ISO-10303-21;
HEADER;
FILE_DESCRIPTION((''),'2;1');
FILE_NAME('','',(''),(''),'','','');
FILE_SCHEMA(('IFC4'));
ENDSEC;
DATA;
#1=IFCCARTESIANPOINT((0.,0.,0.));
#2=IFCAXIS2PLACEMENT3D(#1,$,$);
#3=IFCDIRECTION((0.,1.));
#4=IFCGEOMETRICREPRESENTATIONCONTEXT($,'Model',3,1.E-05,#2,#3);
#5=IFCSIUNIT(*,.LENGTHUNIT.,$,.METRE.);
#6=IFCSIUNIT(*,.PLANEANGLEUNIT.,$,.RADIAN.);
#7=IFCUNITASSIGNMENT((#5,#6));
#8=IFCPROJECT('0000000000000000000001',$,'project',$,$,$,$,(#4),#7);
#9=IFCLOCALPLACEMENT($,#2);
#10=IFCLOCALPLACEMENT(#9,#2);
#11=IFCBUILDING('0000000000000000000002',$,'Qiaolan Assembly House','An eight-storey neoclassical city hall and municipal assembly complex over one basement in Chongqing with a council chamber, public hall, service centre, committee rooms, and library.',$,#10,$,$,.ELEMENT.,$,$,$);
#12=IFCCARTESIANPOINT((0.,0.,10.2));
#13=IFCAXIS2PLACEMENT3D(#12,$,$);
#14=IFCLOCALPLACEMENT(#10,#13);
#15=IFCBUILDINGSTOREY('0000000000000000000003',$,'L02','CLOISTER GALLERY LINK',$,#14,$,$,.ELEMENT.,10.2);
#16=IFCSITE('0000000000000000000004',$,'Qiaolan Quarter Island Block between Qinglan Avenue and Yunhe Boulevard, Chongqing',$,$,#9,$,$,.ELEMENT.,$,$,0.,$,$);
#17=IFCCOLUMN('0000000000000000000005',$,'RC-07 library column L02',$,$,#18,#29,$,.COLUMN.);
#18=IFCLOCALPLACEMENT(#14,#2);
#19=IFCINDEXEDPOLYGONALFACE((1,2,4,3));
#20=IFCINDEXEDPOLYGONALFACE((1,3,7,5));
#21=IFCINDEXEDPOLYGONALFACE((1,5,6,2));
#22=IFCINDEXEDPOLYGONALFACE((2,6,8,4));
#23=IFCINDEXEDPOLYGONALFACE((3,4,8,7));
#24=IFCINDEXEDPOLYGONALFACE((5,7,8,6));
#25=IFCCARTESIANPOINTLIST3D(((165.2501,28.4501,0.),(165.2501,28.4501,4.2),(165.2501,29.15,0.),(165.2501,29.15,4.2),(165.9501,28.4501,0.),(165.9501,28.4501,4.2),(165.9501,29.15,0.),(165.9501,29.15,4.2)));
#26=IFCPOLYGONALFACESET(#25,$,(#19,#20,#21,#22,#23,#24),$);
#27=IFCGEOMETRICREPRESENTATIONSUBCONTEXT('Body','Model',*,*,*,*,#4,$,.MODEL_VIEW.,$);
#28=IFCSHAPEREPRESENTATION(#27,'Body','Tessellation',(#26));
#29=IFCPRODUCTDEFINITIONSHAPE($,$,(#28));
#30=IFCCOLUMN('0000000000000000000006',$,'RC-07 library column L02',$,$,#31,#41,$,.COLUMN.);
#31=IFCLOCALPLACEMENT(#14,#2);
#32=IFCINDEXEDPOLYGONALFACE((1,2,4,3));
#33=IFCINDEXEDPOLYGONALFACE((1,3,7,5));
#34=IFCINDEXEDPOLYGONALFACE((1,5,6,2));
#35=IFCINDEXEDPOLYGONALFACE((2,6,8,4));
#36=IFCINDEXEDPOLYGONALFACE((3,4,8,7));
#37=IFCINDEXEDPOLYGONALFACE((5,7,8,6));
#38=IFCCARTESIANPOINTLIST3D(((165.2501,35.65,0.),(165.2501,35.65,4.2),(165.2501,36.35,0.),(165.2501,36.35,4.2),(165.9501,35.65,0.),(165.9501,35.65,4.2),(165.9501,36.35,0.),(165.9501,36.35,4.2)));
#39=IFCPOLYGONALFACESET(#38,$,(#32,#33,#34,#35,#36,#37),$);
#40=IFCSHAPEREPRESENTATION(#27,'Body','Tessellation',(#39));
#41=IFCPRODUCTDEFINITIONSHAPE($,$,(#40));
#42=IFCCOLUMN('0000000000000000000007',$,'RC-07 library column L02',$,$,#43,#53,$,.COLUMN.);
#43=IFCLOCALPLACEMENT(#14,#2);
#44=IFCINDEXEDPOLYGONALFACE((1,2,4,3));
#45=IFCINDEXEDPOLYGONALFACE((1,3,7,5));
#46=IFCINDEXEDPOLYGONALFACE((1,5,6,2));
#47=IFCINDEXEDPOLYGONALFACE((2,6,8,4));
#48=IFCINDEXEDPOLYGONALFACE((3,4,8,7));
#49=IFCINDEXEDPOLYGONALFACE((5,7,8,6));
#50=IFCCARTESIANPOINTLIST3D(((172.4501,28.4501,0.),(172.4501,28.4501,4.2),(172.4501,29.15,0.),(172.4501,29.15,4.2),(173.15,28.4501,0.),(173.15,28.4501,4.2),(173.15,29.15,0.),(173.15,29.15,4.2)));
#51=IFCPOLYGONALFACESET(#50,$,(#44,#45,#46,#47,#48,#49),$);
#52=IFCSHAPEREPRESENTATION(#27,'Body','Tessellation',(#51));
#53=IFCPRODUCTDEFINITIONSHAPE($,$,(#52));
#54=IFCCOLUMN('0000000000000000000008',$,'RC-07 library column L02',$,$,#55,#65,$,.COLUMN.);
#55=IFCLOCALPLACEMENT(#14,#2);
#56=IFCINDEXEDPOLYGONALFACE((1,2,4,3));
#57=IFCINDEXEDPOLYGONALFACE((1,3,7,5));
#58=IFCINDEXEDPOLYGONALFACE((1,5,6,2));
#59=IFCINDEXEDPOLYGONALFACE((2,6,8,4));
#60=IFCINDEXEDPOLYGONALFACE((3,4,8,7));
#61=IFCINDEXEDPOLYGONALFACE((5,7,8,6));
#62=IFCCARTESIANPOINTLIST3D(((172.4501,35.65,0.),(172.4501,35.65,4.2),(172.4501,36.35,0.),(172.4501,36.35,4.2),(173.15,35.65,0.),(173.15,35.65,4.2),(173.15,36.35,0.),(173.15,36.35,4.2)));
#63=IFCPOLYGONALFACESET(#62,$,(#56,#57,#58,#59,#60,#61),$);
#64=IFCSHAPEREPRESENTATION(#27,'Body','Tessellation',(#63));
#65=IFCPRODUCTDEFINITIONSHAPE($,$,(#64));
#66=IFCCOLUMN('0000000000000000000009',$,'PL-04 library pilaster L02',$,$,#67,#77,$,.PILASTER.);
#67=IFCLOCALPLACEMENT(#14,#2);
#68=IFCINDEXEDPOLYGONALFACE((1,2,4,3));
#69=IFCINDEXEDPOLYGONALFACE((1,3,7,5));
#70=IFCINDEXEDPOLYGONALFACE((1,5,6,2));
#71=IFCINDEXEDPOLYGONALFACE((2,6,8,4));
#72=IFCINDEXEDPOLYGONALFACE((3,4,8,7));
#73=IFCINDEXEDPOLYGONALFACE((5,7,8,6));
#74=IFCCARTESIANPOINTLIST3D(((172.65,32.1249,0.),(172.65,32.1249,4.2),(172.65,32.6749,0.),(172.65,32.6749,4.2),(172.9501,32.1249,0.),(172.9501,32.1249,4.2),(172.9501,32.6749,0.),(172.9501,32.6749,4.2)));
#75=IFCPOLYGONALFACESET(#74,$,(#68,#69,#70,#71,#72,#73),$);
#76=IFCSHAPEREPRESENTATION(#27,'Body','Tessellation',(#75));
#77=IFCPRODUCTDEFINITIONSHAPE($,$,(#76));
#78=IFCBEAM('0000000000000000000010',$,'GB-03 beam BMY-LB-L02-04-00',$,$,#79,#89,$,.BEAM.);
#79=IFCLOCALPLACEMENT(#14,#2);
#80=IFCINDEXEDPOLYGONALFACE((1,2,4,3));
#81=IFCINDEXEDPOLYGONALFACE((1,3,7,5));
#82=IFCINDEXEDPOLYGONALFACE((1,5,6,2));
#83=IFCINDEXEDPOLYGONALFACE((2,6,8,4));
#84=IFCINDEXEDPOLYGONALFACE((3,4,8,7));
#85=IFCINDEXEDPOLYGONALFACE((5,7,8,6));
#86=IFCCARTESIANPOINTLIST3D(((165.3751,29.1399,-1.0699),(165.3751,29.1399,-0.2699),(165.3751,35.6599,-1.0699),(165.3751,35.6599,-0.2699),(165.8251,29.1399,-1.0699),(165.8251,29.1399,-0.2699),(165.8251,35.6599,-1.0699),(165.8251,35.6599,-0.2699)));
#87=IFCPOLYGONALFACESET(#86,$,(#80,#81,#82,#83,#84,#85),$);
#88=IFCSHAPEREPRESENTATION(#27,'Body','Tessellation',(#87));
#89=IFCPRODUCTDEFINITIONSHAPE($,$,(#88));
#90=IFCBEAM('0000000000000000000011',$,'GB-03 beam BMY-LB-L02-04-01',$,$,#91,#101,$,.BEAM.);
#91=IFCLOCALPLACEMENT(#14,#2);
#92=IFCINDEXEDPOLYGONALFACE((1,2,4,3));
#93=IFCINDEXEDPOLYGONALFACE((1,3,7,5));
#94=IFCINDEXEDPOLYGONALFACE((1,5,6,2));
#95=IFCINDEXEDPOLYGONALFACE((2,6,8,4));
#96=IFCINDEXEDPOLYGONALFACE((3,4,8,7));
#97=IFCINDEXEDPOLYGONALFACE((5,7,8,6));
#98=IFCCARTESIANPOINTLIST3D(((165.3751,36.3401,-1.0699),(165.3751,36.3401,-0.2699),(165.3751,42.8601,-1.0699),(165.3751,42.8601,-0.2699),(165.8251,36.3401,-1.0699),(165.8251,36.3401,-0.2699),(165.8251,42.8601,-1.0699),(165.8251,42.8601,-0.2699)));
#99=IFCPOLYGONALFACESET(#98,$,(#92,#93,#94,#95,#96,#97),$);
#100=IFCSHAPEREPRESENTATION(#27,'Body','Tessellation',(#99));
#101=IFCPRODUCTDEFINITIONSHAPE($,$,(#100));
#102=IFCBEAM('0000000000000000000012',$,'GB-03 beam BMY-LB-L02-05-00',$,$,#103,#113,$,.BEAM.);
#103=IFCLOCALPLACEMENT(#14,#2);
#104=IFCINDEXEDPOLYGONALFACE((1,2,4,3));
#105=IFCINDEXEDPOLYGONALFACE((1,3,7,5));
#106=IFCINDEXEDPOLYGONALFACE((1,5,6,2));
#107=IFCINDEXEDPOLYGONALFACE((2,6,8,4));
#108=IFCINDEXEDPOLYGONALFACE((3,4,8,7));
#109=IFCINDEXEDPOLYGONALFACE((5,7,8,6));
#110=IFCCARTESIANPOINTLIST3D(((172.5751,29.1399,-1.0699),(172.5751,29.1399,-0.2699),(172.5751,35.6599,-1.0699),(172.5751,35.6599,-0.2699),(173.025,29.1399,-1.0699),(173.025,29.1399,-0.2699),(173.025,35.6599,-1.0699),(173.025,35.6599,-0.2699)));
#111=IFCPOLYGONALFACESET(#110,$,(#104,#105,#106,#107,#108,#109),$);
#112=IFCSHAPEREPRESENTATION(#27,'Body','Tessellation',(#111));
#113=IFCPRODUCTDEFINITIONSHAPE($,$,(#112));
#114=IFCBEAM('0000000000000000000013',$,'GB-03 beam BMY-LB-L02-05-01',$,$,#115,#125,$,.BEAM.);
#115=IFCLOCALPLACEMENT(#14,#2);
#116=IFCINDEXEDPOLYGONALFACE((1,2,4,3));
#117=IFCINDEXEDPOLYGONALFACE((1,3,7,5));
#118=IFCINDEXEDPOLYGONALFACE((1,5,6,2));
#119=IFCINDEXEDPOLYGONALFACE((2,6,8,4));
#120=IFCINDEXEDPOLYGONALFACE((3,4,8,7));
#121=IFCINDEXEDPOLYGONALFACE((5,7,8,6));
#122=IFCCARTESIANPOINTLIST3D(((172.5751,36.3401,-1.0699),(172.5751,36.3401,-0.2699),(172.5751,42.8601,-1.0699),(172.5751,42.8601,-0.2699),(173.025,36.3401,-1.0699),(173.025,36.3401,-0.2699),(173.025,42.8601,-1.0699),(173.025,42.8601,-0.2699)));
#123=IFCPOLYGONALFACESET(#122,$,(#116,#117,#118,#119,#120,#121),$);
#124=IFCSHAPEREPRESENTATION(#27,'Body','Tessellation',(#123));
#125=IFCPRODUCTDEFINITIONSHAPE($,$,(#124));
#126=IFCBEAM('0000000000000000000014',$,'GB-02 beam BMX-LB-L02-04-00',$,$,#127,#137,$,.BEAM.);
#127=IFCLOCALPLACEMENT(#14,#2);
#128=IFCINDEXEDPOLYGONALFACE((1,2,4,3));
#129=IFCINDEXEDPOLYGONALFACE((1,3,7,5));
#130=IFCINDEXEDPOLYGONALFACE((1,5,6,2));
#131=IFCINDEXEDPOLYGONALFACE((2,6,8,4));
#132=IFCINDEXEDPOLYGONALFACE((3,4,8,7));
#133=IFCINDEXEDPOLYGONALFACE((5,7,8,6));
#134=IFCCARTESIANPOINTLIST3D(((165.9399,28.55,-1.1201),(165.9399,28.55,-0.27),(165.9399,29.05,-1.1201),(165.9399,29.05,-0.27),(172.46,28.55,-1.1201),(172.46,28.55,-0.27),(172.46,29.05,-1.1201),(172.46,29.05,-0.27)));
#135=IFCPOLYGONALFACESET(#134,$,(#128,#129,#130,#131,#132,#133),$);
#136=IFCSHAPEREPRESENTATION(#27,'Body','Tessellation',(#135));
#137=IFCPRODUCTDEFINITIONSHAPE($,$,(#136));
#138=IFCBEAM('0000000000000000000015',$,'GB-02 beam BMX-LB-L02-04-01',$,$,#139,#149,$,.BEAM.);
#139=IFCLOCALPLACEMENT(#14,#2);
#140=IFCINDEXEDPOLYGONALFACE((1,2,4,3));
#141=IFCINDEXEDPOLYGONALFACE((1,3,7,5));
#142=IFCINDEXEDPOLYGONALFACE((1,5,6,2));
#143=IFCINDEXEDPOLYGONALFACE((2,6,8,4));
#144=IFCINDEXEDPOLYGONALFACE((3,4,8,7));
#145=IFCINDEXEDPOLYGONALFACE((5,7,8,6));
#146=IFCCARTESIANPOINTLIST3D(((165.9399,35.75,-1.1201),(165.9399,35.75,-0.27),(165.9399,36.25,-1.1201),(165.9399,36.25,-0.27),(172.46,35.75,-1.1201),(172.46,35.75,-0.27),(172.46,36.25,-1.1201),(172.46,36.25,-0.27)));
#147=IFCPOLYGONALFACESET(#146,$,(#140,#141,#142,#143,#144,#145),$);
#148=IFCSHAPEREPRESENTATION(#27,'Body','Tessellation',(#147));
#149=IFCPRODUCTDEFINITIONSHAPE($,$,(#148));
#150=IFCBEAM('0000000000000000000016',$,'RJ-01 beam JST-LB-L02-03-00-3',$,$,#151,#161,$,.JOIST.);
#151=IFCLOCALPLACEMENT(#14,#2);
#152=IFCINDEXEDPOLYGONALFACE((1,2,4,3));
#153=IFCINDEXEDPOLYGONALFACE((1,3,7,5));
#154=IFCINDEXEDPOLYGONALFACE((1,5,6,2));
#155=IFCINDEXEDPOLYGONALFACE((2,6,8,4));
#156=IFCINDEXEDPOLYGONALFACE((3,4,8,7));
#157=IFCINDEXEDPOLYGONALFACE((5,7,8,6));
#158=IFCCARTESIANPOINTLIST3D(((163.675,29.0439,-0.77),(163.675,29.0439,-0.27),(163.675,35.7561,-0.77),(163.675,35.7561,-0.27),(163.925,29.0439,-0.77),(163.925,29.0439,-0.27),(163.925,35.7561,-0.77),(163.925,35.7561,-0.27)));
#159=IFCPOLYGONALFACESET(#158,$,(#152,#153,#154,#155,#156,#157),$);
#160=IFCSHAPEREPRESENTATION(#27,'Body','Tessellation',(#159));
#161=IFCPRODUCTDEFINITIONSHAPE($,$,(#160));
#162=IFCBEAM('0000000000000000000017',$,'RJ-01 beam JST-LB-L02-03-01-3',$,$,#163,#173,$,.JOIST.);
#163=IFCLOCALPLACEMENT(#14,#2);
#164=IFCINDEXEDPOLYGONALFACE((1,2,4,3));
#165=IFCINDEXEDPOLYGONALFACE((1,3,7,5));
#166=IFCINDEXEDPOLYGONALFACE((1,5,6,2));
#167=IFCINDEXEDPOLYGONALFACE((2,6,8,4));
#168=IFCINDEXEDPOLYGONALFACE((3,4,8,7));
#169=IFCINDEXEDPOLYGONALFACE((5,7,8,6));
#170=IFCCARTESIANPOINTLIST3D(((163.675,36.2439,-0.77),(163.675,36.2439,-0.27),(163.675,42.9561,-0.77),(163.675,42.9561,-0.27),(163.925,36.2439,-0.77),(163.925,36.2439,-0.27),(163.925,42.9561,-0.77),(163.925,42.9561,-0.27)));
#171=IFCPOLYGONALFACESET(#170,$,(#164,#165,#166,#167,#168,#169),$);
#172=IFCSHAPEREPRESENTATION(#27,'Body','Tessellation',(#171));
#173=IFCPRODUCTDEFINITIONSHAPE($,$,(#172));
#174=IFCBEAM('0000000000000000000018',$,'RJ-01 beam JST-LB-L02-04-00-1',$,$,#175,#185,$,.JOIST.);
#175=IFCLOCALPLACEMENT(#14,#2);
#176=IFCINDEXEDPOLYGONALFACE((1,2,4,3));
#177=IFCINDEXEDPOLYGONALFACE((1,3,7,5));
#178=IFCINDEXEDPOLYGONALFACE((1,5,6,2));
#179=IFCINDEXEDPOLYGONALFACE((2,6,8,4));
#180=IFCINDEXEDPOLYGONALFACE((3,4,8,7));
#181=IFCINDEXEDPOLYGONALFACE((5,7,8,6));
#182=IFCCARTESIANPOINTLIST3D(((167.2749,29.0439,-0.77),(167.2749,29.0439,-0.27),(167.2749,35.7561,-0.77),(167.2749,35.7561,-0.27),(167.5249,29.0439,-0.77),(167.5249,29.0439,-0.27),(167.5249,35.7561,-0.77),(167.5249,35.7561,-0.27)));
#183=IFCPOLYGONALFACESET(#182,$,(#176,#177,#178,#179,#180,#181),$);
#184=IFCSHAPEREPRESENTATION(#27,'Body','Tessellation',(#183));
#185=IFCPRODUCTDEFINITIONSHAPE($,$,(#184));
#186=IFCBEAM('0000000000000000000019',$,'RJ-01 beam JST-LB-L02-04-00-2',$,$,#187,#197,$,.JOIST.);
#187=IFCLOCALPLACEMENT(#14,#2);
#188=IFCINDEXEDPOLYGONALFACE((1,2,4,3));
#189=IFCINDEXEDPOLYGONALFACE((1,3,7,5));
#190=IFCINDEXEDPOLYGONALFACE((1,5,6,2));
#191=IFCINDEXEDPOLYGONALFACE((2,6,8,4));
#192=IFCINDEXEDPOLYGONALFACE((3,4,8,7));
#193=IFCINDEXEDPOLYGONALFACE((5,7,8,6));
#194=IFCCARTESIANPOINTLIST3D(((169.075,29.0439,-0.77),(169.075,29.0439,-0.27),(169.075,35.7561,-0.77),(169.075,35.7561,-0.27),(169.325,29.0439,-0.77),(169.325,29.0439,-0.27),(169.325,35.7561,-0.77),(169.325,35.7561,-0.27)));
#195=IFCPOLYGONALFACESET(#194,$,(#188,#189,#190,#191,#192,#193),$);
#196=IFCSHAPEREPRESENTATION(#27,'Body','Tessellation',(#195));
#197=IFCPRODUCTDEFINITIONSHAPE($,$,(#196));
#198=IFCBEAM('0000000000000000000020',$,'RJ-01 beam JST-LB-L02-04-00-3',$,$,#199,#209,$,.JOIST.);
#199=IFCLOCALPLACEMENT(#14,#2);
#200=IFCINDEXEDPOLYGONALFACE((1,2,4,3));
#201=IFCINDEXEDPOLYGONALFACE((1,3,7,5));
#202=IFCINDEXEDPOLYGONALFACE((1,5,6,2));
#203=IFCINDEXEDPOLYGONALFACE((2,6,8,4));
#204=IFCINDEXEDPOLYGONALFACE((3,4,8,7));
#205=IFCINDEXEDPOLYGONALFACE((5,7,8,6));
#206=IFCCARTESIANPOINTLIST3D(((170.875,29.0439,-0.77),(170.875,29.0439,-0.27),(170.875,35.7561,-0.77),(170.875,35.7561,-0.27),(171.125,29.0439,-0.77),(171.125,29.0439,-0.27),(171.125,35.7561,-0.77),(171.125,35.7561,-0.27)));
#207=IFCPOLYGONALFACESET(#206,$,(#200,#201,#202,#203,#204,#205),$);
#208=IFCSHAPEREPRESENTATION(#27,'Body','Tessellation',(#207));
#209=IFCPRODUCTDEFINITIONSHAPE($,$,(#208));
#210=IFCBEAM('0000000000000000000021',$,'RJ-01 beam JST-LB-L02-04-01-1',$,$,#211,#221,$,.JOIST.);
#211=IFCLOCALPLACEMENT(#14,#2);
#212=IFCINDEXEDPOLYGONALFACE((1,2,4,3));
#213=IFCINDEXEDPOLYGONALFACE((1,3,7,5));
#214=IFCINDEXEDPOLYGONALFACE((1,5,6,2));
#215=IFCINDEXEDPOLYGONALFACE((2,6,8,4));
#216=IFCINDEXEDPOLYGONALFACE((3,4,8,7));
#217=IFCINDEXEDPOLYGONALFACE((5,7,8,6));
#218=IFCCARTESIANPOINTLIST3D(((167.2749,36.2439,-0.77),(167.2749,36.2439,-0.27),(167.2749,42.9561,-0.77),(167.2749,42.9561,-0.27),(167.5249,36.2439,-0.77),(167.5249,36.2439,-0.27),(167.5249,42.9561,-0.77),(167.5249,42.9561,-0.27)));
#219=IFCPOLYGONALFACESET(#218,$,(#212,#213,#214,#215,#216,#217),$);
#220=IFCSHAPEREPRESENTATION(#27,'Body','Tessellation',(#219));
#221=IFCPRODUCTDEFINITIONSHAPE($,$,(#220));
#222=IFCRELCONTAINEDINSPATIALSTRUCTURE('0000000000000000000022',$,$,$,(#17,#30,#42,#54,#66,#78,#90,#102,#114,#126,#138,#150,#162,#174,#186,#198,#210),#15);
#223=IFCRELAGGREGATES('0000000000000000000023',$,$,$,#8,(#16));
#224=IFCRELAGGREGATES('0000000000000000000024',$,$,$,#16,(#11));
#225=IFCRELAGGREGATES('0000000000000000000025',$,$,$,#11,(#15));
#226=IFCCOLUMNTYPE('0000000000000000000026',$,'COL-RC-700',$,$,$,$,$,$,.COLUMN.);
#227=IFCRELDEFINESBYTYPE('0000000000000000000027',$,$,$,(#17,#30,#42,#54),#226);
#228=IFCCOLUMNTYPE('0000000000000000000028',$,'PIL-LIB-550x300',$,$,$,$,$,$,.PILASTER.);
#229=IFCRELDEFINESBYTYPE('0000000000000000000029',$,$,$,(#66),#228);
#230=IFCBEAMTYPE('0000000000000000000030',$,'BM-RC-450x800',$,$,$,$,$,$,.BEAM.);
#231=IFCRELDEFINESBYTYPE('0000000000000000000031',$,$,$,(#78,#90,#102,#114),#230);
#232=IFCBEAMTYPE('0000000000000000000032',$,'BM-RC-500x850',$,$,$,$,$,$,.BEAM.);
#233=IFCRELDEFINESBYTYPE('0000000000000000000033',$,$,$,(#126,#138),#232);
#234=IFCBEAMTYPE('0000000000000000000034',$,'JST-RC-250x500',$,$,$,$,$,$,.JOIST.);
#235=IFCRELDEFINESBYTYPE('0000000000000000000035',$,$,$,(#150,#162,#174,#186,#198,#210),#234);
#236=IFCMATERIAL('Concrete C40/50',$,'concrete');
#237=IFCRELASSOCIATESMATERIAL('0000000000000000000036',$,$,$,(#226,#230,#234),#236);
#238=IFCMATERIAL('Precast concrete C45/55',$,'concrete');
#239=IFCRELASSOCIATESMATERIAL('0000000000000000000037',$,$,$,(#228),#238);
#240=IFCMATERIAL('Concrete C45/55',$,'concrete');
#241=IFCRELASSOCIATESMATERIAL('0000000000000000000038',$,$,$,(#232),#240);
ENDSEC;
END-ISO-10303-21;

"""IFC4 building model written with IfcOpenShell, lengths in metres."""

from ifc_helpers import new_model, si_unit, direction, frame, origin, origin_2d, place, context, subcontext, project, spatial, rectangle, extrude, material, material_profile, profile_set, type_object, element, save


model = new_model("IFC4")

# Units and contexts
model_context = context("Model", 3, precision=1e-05, world=origin(), true_north=direction((0.0, 1.0)))
body_context = subcontext(model_context, "Body", "Model", "MODEL_VIEW")
ifc_project = project(units=[si_unit("LENGTHUNIT", "METRE"), si_unit("PLANEANGLEUNIT", "RADIAN")], contexts=[model_context])

# Site, building, storey
site_placement = place(None, origin())
site = spatial("IfcSite", under=ifc_project, at=site_placement, Name="Qiaolan Quarter Island Block between Qinglan Avenue and Yunhe Boulevard, Chongqing", CompositionType="ELEMENT", RefElevation=0.0)
building_placement = place(site_placement, origin())
building = spatial("IfcBuilding", under=site, at=building_placement, Name="Qiaolan Assembly House", Description="An eight-storey neoclassical city hall and municipal assembly complex over one basement in Chongqing with a council chamber, public hall, service centre, committee rooms, and library.", CompositionType="ELEMENT")
storey_placement = place(building_placement, frame((0.0, 0.0, 10.2)))
storey = spatial("IfcBuildingStorey", under=building, at=storey_placement, Name="L02", Description="CLOISTER GALLERY LINK", CompositionType="ELEMENT", Elevation=10.2)

# Columns
ifc_material_1 = material(Name="Concrete C40/50", Category="concrete")
ifc_material_profile_1 = material_profile(ifc_material_1, rectangle(XDim=0.7, YDim=0.7, at=origin_2d()), Name="RC 700x700")
ifc_profile_set_1 = profile_set([ifc_material_profile_1], Name="Concrete C40/50")
column_type_1 = type_object("IfcColumnType", Name="COL-RC-700", PredefinedType="COLUMN", material=ifc_profile_set_1)
for number, where, z_axis, x_axis, name in (
    (1, (165.6001, 28.8, 0.0), (0.0, 0.0, 1.0), (1.0, 0.0, 0.0), "RC-07 library column L02"),
    (2, (165.6001, 36.0, 0.0), (0.0, 0.0, 1.0), (1.0, 0.0, 0.0), "RC-07 library column L02"),
    (3, (172.8, 28.8, 0.0), (0.0, 0.0, 1.0), (1.0, 0.0, 0.0), "RC-07 library column L02"),
    (4, (172.8, 36.0, 0.0), (0.0, 0.0, 1.0), (1.0, 0.0, 0.0), "RC-07 library column L02"),
):
    element("IfcColumn", number, at=place(storey_placement, frame(where, z_axis=z_axis, x_axis=x_axis)), inside=storey, type_object=column_type_1, Name=name, PredefinedType="COLUMN", context=body_context, shape_type="SweptSolid", body=[
        extrude(rectangle(XDim=0.7, YDim=0.7, at=origin_2d()), origin(), (0.0, 0.0, 1.0), 4.2),
    ])
ifc_material_2 = material(Name="Precast concrete C45/55", Category="concrete")
ifc_material_profile_2 = material_profile(ifc_material_2, rectangle(XDim=0.55, YDim=0.3, at=origin_2d()), Name="PIL 550x300")
ifc_profile_set_2 = profile_set([ifc_material_profile_2], Name="Precast concrete C45/55")
column_type_2 = type_object("IfcColumnType", Name="PIL-LIB-550x300", PredefinedType="PILASTER", material=ifc_profile_set_2)
column_placement = place(storey_placement, frame((172.8, 32.3999, 0.0), z_axis=(0.0, 0.0, 1.0), x_axis=(0.0, 1.0, 0.0)))
element("IfcColumn", 5, at=column_placement, inside=storey, type_object=column_type_2, Name="PL-04 library pilaster L02", PredefinedType="PILASTER", context=body_context, shape_type="SweptSolid", body=[
    extrude(rectangle(XDim=0.55, YDim=0.3, at=origin_2d()), origin(), (0.0, 0.0, 1.0), 4.2),
])

# Beams
ifc_material_profile_3 = material_profile(ifc_material_1, rectangle(XDim=0.45, YDim=0.8, at=origin_2d()), Name="RCB 450x800")
ifc_profile_set_3 = profile_set([ifc_material_profile_3], Name="Concrete C40/50")
beam_type_1 = type_object("IfcBeamType", Name="BM-RC-450x800", PredefinedType="BEAM", material=ifc_profile_set_3)
for number, where, z_axis, x_axis, name in (
    (6, (165.6001, 29.1399, -0.6699), (0.0, 1.0, 0.0), (-1.0, 0.0, 0.0), "GB-03 beam BMY-LB-L02-04-00"),
    (7, (165.6001, 36.3401, -0.6699), (0.0, 1.0, 0.0), (-1.0, 0.0, 0.0), "GB-03 beam BMY-LB-L02-04-01"),
    (8, (172.8, 29.1399, -0.6699), (0.0, 1.0, 0.0), (-1.0, 0.0, 0.0), "GB-03 beam BMY-LB-L02-05-00"),
    (9, (172.8, 36.3401, -0.6699), (0.0, 1.0, 0.0), (-1.0, 0.0, 0.0), "GB-03 beam BMY-LB-L02-05-01"),
):
    element("IfcBeam", number, at=place(storey_placement, frame(where, z_axis=z_axis, x_axis=x_axis)), inside=storey, type_object=beam_type_1, Name=name, PredefinedType="BEAM", context=body_context, shape_type="SweptSolid", body=[
        extrude(rectangle(XDim=0.45, YDim=0.8, at=origin_2d()), origin(), (0.0, 0.0, 1.0), 6.52),
    ])
ifc_material_3 = material(Name="Concrete C45/55", Category="concrete")
ifc_material_profile_4 = material_profile(ifc_material_3, rectangle(XDim=0.5, YDim=0.8501, at=origin_2d()), Name="RCB 500x850")
ifc_profile_set_4 = profile_set([ifc_material_profile_4], Name="Concrete C45/55")
beam_type_2 = type_object("IfcBeamType", Name="BM-RC-500x850", PredefinedType="BEAM", material=ifc_profile_set_4)
for number, where, z_axis, x_axis, name in (
    (10, (165.9399, 28.8, -0.6951), (1.0, 0.0, 0.0), (0.0, 1.0, 0.0), "GB-02 beam BMX-LB-L02-04-00"),
    (11, (165.9399, 36.0, -0.6951), (1.0, 0.0, 0.0), (0.0, 1.0, 0.0), "GB-02 beam BMX-LB-L02-04-01"),
):
    element("IfcBeam", number, at=place(storey_placement, frame(where, z_axis=z_axis, x_axis=x_axis)), inside=storey, type_object=beam_type_2, Name=name, PredefinedType="BEAM", context=body_context, shape_type="SweptSolid", body=[
        extrude(rectangle(XDim=0.5, YDim=0.8501, at=origin_2d()), origin(), (0.0, 0.0, 1.0), 6.52),
    ])
ifc_material_profile_5 = material_profile(ifc_material_1, rectangle(XDim=0.25, YDim=0.5, at=origin_2d()), Name="RCB 250x500")
ifc_profile_set_5 = profile_set([ifc_material_profile_5], Name="Concrete C40/50")
beam_type_3 = type_object("IfcBeamType", Name="JST-RC-250x500", PredefinedType="JOIST", material=ifc_profile_set_5)
for number, where, z_axis, x_axis, name in (
    (12, (163.8, 29.0439, -0.52), (0.0, 1.0, 0.0), (-1.0, 0.0, 0.0), "RJ-01 beam JST-LB-L02-03-00-3"),
    (13, (163.8, 36.2439, -0.52), (0.0, 1.0, 0.0), (-1.0, 0.0, 0.0), "RJ-01 beam JST-LB-L02-03-01-3"),
    (14, (167.3999, 29.0439, -0.52), (0.0, 1.0, 0.0), (-1.0, 0.0, 0.0), "RJ-01 beam JST-LB-L02-04-00-1"),
    (15, (169.2, 29.0439, -0.52), (0.0, 1.0, 0.0), (-1.0, 0.0, 0.0), "RJ-01 beam JST-LB-L02-04-00-2"),
    (16, (171.0, 29.0439, -0.52), (0.0, 1.0, 0.0), (-1.0, 0.0, 0.0), "RJ-01 beam JST-LB-L02-04-00-3"),
    (17, (167.3999, 36.2439, -0.52), (0.0, 1.0, 0.0), (-1.0, 0.0, 0.0), "RJ-01 beam JST-LB-L02-04-01-1"),
):
    element("IfcBeam", number, at=place(storey_placement, frame(where, z_axis=z_axis, x_axis=x_axis)), inside=storey, type_object=beam_type_3, Name=name, PredefinedType="JOIST", context=body_context, shape_type="SweptSolid", body=[
        extrude(rectangle(XDim=0.25, YDim=0.5, at=origin_2d()), origin(), (0.0, 0.0, 1.0), 6.7122),
    ])

save(model, "model.ifc")
